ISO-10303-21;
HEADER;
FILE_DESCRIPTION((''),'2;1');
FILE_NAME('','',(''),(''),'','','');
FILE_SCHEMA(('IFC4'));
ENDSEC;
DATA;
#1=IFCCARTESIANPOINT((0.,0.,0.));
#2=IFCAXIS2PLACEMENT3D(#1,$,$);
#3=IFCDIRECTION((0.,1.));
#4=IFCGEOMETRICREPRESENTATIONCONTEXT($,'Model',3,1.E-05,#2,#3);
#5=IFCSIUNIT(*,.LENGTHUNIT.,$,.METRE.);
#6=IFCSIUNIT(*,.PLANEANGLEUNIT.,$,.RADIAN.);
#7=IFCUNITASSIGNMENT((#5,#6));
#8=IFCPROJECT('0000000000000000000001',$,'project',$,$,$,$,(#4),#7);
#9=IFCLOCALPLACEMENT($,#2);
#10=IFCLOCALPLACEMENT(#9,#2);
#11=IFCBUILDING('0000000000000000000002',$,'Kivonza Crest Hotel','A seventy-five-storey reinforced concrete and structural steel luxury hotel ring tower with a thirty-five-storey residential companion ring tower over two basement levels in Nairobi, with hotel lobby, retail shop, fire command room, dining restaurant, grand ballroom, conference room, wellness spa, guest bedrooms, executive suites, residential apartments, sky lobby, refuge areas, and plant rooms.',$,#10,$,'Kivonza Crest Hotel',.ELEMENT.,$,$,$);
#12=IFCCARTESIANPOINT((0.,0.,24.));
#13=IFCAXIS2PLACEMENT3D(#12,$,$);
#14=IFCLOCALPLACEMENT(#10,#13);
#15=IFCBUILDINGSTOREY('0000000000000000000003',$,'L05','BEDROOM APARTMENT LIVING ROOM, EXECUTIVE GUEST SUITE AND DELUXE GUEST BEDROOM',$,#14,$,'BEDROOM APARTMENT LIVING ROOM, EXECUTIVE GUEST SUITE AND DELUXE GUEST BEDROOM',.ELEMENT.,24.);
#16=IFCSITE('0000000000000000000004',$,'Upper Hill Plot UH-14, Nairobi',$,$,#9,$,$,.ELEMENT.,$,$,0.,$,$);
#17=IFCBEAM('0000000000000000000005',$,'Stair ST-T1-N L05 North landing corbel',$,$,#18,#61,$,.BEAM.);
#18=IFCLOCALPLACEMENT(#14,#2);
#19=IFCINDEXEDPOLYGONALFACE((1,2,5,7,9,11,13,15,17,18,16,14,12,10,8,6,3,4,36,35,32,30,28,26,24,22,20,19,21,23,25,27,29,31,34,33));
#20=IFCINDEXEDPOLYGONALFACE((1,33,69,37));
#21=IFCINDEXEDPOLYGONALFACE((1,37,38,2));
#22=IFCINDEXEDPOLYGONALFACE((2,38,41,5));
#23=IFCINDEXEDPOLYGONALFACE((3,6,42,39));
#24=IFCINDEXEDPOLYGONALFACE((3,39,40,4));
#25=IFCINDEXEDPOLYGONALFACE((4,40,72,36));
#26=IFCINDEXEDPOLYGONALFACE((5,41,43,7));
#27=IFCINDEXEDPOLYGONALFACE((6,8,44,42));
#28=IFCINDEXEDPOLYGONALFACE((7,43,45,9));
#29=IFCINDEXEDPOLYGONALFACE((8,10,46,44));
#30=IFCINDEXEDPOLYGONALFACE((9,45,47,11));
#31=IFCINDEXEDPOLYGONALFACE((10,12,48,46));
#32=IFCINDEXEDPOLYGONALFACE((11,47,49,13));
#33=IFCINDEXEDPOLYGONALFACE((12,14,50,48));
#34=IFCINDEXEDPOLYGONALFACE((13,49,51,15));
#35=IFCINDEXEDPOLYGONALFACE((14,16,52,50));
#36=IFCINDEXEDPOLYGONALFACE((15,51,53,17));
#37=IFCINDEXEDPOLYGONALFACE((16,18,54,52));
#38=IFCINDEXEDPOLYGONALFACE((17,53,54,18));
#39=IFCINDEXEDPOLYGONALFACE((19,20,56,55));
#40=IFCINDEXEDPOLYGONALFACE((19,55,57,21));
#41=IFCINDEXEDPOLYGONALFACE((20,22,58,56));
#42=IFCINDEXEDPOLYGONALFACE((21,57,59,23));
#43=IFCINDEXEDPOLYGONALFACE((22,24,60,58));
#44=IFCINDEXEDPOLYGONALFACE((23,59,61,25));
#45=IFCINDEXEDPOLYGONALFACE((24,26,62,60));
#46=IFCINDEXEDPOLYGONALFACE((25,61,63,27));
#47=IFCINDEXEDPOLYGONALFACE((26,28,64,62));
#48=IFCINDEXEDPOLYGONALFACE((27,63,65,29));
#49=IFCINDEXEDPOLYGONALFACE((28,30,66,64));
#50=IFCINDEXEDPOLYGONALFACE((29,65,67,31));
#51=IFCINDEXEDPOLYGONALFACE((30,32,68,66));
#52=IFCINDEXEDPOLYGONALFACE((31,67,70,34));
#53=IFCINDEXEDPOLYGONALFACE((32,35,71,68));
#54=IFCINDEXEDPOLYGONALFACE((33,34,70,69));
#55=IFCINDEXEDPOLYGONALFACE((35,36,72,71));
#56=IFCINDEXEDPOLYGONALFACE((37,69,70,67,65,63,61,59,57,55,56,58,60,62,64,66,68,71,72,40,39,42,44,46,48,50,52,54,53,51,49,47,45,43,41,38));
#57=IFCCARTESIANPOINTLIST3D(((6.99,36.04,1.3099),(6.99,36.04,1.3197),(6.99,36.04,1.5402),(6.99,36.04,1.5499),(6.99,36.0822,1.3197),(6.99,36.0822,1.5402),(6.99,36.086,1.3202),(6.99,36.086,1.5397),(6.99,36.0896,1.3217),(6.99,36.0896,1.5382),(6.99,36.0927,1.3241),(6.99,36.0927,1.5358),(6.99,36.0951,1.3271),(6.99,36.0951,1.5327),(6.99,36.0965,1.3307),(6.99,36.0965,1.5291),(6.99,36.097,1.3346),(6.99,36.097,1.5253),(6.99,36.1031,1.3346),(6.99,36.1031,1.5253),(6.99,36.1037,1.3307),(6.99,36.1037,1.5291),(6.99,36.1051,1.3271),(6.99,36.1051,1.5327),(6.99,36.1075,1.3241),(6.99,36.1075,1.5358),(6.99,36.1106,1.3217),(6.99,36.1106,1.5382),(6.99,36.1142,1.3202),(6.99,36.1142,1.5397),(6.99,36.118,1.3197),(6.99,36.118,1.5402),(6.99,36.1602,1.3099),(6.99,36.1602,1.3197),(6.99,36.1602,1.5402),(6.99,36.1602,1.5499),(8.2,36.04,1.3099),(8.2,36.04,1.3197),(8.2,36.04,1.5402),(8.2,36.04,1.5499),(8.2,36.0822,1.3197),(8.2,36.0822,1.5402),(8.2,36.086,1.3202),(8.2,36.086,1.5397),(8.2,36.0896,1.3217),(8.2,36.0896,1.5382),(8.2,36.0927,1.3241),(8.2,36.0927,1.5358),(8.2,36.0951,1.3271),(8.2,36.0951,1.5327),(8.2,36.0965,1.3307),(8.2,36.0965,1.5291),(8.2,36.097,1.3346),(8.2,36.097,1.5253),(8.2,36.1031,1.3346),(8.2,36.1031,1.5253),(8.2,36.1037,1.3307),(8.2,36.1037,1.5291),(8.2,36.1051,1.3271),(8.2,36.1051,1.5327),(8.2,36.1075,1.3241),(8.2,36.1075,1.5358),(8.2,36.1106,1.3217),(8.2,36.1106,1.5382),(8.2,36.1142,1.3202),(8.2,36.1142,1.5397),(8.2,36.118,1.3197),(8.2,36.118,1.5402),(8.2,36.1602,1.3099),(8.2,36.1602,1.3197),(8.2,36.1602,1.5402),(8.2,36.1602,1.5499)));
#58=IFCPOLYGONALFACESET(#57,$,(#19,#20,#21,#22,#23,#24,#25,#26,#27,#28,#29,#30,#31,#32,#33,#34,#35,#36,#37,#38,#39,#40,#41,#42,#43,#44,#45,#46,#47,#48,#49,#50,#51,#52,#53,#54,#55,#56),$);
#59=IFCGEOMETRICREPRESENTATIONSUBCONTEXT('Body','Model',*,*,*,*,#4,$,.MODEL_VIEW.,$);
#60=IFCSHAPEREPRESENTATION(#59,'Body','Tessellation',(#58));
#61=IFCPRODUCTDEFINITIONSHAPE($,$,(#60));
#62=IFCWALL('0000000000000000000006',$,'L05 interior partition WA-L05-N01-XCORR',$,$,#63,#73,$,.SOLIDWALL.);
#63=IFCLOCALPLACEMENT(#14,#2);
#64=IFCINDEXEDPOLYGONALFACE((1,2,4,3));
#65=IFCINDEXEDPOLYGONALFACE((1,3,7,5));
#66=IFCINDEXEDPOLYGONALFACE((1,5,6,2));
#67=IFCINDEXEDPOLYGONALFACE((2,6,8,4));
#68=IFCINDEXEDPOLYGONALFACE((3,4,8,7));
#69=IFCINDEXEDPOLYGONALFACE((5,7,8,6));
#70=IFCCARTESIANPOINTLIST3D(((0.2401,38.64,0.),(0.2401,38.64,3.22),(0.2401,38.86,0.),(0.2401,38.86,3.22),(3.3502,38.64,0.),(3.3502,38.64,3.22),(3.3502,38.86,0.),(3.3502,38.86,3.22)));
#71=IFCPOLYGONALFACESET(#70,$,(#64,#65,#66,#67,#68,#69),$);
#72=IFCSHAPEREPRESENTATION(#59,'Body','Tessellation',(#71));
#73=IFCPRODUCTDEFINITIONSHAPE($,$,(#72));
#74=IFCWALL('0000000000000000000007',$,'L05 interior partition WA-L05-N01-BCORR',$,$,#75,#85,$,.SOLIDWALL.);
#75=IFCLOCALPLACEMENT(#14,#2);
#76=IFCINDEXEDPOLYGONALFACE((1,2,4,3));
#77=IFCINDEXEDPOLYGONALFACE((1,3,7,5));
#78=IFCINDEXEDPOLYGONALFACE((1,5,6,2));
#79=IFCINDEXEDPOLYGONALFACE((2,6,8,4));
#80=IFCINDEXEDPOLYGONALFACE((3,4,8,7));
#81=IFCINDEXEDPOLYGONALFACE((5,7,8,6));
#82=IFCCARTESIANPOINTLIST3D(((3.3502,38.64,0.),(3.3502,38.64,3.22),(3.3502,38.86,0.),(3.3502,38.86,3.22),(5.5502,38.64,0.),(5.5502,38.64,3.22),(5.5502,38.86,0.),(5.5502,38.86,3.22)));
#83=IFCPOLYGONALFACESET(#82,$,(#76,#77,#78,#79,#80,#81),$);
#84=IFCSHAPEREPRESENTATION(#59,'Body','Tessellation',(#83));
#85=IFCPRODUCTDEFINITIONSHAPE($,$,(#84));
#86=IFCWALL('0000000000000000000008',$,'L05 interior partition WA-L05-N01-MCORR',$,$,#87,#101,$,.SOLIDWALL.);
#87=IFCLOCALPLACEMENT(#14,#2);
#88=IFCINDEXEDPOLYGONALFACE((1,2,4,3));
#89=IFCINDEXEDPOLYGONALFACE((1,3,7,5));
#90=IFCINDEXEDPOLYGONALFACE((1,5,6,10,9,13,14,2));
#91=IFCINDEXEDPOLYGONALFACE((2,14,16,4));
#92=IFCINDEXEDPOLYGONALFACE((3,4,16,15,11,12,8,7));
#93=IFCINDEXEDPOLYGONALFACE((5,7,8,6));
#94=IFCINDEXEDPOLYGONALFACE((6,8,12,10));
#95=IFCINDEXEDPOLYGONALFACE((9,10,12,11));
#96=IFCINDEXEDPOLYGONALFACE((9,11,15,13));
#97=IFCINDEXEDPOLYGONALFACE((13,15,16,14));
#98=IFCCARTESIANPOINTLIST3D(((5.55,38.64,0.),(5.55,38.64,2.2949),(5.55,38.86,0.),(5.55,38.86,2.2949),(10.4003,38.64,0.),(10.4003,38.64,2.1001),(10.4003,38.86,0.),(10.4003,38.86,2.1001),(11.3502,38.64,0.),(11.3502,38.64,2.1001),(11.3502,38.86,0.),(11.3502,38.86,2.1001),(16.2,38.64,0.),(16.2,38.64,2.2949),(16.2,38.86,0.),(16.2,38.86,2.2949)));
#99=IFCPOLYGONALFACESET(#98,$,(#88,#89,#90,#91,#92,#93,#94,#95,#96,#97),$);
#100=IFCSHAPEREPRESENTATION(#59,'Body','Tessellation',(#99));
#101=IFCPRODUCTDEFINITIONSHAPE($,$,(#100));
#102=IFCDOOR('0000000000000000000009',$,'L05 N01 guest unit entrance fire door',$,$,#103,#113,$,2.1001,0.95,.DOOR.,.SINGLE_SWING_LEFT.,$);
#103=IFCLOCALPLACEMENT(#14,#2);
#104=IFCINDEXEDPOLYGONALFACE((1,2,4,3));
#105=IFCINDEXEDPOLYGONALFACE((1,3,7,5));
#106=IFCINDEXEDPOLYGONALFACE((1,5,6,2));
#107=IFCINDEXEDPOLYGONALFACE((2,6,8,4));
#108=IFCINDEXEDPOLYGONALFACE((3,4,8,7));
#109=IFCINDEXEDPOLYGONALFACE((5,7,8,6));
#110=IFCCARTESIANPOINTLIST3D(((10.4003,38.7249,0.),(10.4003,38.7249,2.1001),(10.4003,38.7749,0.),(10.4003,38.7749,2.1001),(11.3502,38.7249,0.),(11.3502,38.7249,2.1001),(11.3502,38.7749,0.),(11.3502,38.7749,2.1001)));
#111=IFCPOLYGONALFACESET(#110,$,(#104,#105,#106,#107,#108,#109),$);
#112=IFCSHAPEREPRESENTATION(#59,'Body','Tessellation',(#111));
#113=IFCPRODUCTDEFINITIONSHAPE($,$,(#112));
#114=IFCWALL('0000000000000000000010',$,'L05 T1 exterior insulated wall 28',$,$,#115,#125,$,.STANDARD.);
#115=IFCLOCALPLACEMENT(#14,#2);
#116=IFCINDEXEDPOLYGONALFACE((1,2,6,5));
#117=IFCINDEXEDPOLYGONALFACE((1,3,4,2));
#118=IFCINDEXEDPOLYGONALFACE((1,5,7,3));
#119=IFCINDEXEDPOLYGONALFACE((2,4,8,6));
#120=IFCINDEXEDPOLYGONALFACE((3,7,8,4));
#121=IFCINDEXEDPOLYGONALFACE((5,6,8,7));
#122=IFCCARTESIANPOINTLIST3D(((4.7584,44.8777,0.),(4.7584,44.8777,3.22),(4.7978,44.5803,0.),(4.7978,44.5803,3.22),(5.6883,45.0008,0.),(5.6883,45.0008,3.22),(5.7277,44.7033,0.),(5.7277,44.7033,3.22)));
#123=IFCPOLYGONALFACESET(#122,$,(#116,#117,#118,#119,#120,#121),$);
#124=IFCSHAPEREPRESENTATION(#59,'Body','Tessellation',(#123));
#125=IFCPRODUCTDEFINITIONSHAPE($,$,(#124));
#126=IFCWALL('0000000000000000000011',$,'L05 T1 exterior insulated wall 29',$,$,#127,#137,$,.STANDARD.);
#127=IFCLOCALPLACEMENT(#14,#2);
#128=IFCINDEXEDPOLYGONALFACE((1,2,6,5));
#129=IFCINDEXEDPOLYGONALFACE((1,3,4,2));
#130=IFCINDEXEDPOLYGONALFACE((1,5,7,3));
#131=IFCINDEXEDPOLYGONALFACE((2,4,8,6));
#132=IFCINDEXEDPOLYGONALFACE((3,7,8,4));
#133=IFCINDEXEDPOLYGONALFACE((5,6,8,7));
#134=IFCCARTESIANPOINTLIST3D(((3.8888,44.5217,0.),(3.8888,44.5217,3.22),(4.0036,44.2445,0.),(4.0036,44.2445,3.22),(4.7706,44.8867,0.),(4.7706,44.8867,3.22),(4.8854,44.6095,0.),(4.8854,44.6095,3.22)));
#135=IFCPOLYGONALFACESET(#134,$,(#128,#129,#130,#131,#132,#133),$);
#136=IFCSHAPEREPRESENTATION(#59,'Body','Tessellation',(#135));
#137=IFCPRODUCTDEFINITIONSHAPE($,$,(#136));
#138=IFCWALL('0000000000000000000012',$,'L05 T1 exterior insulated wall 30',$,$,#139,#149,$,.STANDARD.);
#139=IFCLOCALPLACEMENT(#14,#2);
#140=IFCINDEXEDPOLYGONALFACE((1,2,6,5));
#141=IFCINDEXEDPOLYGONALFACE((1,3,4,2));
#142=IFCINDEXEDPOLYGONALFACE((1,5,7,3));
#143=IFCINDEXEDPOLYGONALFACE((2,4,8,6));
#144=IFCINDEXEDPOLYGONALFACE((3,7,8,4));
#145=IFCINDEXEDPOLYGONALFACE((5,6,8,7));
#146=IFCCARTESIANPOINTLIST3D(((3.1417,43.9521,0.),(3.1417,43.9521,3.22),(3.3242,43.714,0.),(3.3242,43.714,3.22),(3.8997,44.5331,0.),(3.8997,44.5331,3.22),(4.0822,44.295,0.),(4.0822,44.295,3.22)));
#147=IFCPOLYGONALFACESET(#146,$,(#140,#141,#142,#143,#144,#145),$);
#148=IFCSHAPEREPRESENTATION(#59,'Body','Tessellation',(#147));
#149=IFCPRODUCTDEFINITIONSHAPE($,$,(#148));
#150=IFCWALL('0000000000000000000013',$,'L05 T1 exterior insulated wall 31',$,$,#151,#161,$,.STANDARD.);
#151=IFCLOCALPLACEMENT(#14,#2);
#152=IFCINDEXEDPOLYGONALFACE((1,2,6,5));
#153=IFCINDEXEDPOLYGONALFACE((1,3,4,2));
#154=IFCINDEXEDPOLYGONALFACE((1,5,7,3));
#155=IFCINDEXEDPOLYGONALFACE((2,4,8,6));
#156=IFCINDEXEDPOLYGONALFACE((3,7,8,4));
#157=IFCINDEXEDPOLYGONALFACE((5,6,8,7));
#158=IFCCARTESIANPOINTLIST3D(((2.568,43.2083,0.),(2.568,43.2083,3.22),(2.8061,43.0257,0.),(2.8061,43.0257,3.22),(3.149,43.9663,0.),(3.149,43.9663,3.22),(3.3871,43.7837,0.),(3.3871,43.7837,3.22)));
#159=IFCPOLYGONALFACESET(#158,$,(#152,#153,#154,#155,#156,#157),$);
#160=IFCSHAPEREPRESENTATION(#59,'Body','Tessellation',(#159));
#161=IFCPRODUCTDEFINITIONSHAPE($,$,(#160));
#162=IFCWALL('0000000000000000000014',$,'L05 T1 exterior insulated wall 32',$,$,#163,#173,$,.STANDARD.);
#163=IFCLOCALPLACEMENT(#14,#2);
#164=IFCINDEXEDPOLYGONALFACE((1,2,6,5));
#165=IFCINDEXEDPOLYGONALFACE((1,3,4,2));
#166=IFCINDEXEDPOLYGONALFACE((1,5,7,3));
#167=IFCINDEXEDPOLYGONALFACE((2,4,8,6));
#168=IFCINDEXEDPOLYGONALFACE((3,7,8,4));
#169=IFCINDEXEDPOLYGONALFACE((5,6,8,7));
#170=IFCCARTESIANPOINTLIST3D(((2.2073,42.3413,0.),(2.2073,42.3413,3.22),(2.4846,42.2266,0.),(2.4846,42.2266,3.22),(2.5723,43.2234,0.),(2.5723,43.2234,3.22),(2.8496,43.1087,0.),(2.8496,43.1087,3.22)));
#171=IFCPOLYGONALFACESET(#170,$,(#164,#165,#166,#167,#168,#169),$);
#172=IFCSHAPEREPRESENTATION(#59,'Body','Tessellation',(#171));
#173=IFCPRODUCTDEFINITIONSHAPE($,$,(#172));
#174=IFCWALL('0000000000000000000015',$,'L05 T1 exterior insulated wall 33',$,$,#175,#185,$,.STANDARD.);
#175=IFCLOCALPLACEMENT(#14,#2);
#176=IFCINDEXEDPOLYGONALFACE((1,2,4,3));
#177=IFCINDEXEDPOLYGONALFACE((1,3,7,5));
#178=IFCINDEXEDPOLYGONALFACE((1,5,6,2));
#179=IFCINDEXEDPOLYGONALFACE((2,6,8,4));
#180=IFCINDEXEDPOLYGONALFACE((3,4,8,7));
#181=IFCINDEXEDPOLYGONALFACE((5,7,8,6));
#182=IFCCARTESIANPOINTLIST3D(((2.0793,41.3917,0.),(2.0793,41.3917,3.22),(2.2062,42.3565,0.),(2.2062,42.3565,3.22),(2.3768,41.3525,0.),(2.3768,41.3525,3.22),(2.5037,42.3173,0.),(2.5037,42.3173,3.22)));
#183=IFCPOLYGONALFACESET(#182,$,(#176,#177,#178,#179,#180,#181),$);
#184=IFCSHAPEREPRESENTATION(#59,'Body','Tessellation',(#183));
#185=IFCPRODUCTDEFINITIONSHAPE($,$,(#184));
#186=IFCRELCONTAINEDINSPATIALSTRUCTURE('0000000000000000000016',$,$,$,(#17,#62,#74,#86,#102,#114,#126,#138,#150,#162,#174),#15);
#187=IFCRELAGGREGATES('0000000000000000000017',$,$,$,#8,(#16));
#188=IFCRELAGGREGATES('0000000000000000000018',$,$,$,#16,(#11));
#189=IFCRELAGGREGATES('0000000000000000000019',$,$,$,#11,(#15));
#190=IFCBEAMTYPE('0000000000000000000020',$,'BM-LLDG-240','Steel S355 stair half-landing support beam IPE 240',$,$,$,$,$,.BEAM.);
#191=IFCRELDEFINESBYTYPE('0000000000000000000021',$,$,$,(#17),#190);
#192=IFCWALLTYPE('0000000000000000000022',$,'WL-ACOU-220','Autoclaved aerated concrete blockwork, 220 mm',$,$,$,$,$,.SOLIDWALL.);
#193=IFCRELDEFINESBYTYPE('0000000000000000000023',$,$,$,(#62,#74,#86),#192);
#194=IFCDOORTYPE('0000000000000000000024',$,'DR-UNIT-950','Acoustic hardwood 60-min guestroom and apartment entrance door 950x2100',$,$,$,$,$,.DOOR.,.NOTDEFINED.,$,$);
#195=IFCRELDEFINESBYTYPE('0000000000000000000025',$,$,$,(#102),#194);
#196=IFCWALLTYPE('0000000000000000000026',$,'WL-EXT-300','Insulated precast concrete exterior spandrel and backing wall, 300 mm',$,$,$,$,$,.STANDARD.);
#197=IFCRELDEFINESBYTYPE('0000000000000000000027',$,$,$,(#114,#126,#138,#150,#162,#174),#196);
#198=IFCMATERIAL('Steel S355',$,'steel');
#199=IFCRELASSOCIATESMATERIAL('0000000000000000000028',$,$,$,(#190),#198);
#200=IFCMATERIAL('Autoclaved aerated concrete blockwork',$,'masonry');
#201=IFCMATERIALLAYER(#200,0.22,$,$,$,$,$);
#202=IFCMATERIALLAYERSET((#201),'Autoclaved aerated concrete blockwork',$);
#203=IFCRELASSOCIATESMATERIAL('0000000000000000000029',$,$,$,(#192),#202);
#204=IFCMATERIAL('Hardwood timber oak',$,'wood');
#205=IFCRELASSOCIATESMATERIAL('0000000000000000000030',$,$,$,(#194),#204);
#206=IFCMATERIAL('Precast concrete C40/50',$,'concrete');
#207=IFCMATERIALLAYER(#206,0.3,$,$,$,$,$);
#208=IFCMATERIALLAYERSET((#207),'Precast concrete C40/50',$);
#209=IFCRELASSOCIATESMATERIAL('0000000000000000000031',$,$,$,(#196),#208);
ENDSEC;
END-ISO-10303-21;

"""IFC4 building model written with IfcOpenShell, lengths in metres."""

from ifc_helpers import new_model, si_unit, direction, frame, frame_2d, origin, origin_2d, place, context, subcontext, project, spatial, rectangle, i_section, extrude, material, layer, layer_set, material_profile, profile_set, type_object, element, fill, save


model = new_model("IFC4")

# Units and contexts
model_context = context("Model", 3, precision=1e-05, world=origin(), true_north=direction((0.0, 1.0)))
body_context = subcontext(model_context, "Body", "Model", "MODEL_VIEW")
ifc_project = project(units=[si_unit("LENGTHUNIT", "METRE"), si_unit("PLANEANGLEUNIT", "RADIAN")], contexts=[model_context])

# Site, building, storey
site_placement = place(None, origin())
site = spatial("IfcSite", under=ifc_project, at=site_placement, Name="Upper Hill Plot UH-14, Nairobi", CompositionType="ELEMENT", RefElevation=0.0)
building_placement = place(site_placement, origin())
building = spatial("IfcBuilding", under=site, at=building_placement, Name="Kivonza Crest Hotel", Description="A seventy-five-storey reinforced concrete and structural steel luxury hotel ring tower with a thirty-five-storey residential companion ring tower over two basement levels in Nairobi, with hotel lobby, retail shop, fire command room, dining restaurant, grand ballroom, conference room, wellness spa, guest bedrooms, executive suites, residential apartments, sky lobby, refuge areas, and plant rooms.", LongName="Kivonza Crest Hotel", CompositionType="ELEMENT")
storey_placement = place(building_placement, frame((0.0, 0.0, 24.0)))
storey = spatial("IfcBuildingStorey", under=building, at=storey_placement, Name="L05", Description="BEDROOM APARTMENT LIVING ROOM, EXECUTIVE GUEST SUITE AND DELUXE GUEST BEDROOM", LongName="BEDROOM APARTMENT LIVING ROOM, EXECUTIVE GUEST SUITE AND DELUXE GUEST BEDROOM", CompositionType="ELEMENT", Elevation=24.0)

# Beam
ifc_material_1 = material(Name="Steel S355", Category="steel")
ifc_material_profile = material_profile(ifc_material_1, i_section(OverallWidth=0.1201, OverallDepth=0.24, WebThickness=0.0061, FlangeThickness=0.0098, FilletRadius=0.0149, at=origin_2d()), Name="IPE 240")
ifc_profile_set = profile_set([ifc_material_profile], Name="Steel S355")
beam_type = type_object("IfcBeamType", Name="BM-LLDG-240", Description="Steel S355 stair half-landing support beam IPE 240", PredefinedType="BEAM", material=ifc_profile_set)
beam_placement = place(storey_placement, frame((6.99, 36.1001, 1.4299), z_axis=(1.0, 0.0, 0.0), x_axis=(0.0, 1.0, 0.0)))
element("IfcBeam", 1, at=beam_placement, inside=storey, type_object=beam_type, Name="Stair ST-T1-N L05 North landing corbel", PredefinedType="BEAM", context=body_context, shape_type="SweptSolid", body=[
    extrude(i_section(OverallWidth=0.1201, OverallDepth=0.24, WebThickness=0.0061, FlangeThickness=0.0098, FilletRadius=0.0149, at=origin_2d()), origin(), (0.0, 0.0, 1.0), 1.21),
])

# Walls
ifc_material_2 = material(Name="Autoclaved aerated concrete blockwork", Category="masonry")
ifc_layer_1 = layer(ifc_material_2, 0.22)
ifc_layer_set_1 = layer_set([ifc_layer_1], Name="Autoclaved aerated concrete blockwork")
wall_type_1 = type_object("IfcWallType", Name="WL-ACOU-220", Description="Autoclaved aerated concrete blockwork, 220 mm", PredefinedType="SOLIDWALL", material=ifc_layer_set_1)
wall_1_placement = place(storey_placement, frame((0.24, 38.75, 0.0), z_axis=(0.0, 0.0, 1.0), x_axis=(1.0, 0.0, 0.0)))
element("IfcWall", 2, at=wall_1_placement, inside=storey, type_object=wall_type_1, Name="L05 interior partition WA-L05-N01-XCORR", PredefinedType="SOLIDWALL", context=body_context, shape_type="SweptSolid", body=[
    extrude(rectangle(XDim=3.1101, YDim=0.22, at=frame_2d((1.5552, 0.0))), origin(), (0.0, 0.0, 1.0), 3.22),
])
wall_2_placement = place(storey_placement, frame((3.3501, 38.75, 0.0), z_axis=(0.0, 0.0, 1.0), x_axis=(1.0, 0.0, 0.0)))
element("IfcWall", 3, at=wall_2_placement, inside=storey, type_object=wall_type_1, Name="L05 interior partition WA-L05-N01-BCORR", PredefinedType="SOLIDWALL", context=body_context, shape_type="SweptSolid", body=[
    extrude(rectangle(XDim=2.2, YDim=0.22, at=frame_2d((1.1001, 0.0))), origin(), (0.0, 0.0, 1.0), 3.22),
])

# Wall, opening, door
wall_3_placement = place(storey_placement, frame((5.55, 38.75, 0.0), z_axis=(0.0, 0.0, 1.0), x_axis=(1.0, 0.0, 0.0)))
wall_3 = element("IfcWall", 4, at=wall_3_placement, inside=storey, type_object=wall_type_1, Name="L05 interior partition WA-L05-N01-MCORR", PredefinedType="SOLIDWALL", context=body_context, shape_type="SweptSolid", body=[
    extrude(rectangle(XDim=10.6499, YDim=0.22, at=frame_2d((5.325, 0.0))), origin(), (0.0, 0.0, 1.0), 2.2949),
])
opening_1_placement = place(wall_3_placement, frame((4.8501, 0.0, 0.0)))
opening_1 = element("IfcOpeningElement", 5, at=opening_1_placement, cuts=wall_3, PredefinedType="OPENING", context=body_context, shape_type="SweptSolid", body=[
    extrude(rectangle(XDim=0.95, YDim=2.1001, at=frame_2d((0.4751, 1.05))), frame((0.0, 0.1201, 0.0), z_axis=(0.0, -1.0, 0.0), x_axis=(1.0, 0.0, 0.0)), (0.0, 0.0, 1.0), 0.24),
])
ifc_material_3 = material(Name="Hardwood timber oak", Category="wood")
door_type_1 = type_object("IfcDoorType", Name="DR-UNIT-950", Description="Acoustic hardwood 60-min guestroom and apartment entrance door 950x2100", OperationType="NOTDEFINED", PredefinedType="DOOR", material=ifc_material_3)
door_1_placement = place(opening_1_placement, origin())
door_1 = element("IfcDoor", 6, at=door_1_placement, inside=storey, type_object=door_type_1, Name="L05 N01 guest unit entrance fire door", OperationType="SINGLE_SWING_LEFT", OverallHeight=2.1001, OverallWidth=0.95, PredefinedType="DOOR", context=body_context, shape_type="SweptSolid", body=[
    extrude(rectangle(XDim=0.95, YDim=2.1001, at=frame_2d((0.4751, 1.05))), frame((0.0, 0.0249, 0.0), z_axis=(0.0, -1.0, 0.0), x_axis=(1.0, 0.0, 0.0)), (0.0, 0.0, 1.0), 0.05),
])
fill(opening_1, door_1)

# Walls
ifc_material_4 = material(Name="Precast concrete C40/50", Category="concrete")
ifc_layer_2 = layer(ifc_material_4, 0.3)
ifc_layer_set_2 = layer_set([ifc_layer_2], Name="Precast concrete C40/50")
wall_type_2 = type_object("IfcWallType", Name="WL-EXT-300", Description="Insulated precast concrete exterior spandrel and backing wall, 300 mm", PredefinedType="STANDARD", material=ifc_layer_set_2)
wall_4_placement = place(storey_placement, frame((5.708, 44.8521, 0.0), z_axis=(0.0, 0.0, 1.0), x_axis=(-0.991359, -0.131175, 0.0)))
element("IfcWall", 7, at=wall_4_placement, inside=storey, type_object=wall_type_2, Name="L05 T1 exterior insulated wall 28", PredefinedType="STANDARD", context=body_context, shape_type="SweptSolid", body=[
    extrude(rectangle(XDim=0.938, YDim=0.3, at=frame_2d((0.469, 0.0))), origin(), (0.0, 0.0, 1.0), 3.22),
])
wall_5_placement = place(storey_placement, frame((4.8279, 44.748, 0.0), z_axis=(0.0, 0.0, 1.0), x_axis=(-0.923983, -0.382435, 0.0)))
element("IfcWall", 8, at=wall_5_placement, inside=storey, type_object=wall_type_2, Name="L05 T1 exterior insulated wall 29", PredefinedType="STANDARD", context=body_context, shape_type="SweptSolid", body=[
    extrude(rectangle(XDim=0.9543, YDim=0.3, at=frame_2d((0.4771, 0.0))), origin(), (0.0, 0.0, 1.0), 3.22),
])
for number, where, z_axis, x_axis, name in (
    (9, (3.991, 44.4141, 0.0), (0.0, 0.0, 1.0), (-0.793668, -0.608351, 0.0), "L05 T1 exterior insulated wall 30"),
    (10, (3.2681, 43.875, 0.0), (0.0, 0.0, 1.0), (-0.608351, -0.793668, 0.0), "L05 T1 exterior insulated wall 31"),
):
    element("IfcWall", number, at=place(storey_placement, frame(where, z_axis=z_axis, x_axis=x_axis)), inside=storey, type_object=wall_type_2, Name=name, PredefinedType="STANDARD", context=body_context, shape_type="SweptSolid", body=[
        extrude(rectangle(XDim=0.9551, YDim=0.3, at=frame_2d((0.4775, 0.0))), origin(), (0.0, 0.0, 1.0), 3.22),
    ])
wall_6_placement = place(storey_placement, frame((2.7109, 43.166, 0.0), z_axis=(0.0, 0.0, 1.0), x_axis=(-0.382344, -0.92402, 0.0)))
element("IfcWall", 11, at=wall_6_placement, inside=storey, type_object=wall_type_2, Name="L05 T1 exterior insulated wall 32", PredefinedType="STANDARD", context=body_context, shape_type="SweptSolid", body=[
    extrude(rectangle(XDim=0.9546, YDim=0.3, at=frame_2d((0.4773, 0.0))), origin(), (0.0, 0.0, 1.0), 3.22),
])
wall_7_placement = place(storey_placement, frame((2.355, 42.3369, 0.0), z_axis=(0.0, 0.0, 1.0), x_axis=(-0.130455, -0.991454, 0.0)))
element("IfcWall", 12, at=wall_7_placement, inside=storey, type_object=wall_type_2, Name="L05 T1 exterior insulated wall 33", PredefinedType="STANDARD", context=body_context, shape_type="SweptSolid", body=[
    extrude(rectangle(XDim=0.9731, YDim=0.3, at=frame_2d((0.4866, 0.0))), origin(), (0.0, 0.0, 1.0), 3.22),
])

save(model, "model.ifc")
